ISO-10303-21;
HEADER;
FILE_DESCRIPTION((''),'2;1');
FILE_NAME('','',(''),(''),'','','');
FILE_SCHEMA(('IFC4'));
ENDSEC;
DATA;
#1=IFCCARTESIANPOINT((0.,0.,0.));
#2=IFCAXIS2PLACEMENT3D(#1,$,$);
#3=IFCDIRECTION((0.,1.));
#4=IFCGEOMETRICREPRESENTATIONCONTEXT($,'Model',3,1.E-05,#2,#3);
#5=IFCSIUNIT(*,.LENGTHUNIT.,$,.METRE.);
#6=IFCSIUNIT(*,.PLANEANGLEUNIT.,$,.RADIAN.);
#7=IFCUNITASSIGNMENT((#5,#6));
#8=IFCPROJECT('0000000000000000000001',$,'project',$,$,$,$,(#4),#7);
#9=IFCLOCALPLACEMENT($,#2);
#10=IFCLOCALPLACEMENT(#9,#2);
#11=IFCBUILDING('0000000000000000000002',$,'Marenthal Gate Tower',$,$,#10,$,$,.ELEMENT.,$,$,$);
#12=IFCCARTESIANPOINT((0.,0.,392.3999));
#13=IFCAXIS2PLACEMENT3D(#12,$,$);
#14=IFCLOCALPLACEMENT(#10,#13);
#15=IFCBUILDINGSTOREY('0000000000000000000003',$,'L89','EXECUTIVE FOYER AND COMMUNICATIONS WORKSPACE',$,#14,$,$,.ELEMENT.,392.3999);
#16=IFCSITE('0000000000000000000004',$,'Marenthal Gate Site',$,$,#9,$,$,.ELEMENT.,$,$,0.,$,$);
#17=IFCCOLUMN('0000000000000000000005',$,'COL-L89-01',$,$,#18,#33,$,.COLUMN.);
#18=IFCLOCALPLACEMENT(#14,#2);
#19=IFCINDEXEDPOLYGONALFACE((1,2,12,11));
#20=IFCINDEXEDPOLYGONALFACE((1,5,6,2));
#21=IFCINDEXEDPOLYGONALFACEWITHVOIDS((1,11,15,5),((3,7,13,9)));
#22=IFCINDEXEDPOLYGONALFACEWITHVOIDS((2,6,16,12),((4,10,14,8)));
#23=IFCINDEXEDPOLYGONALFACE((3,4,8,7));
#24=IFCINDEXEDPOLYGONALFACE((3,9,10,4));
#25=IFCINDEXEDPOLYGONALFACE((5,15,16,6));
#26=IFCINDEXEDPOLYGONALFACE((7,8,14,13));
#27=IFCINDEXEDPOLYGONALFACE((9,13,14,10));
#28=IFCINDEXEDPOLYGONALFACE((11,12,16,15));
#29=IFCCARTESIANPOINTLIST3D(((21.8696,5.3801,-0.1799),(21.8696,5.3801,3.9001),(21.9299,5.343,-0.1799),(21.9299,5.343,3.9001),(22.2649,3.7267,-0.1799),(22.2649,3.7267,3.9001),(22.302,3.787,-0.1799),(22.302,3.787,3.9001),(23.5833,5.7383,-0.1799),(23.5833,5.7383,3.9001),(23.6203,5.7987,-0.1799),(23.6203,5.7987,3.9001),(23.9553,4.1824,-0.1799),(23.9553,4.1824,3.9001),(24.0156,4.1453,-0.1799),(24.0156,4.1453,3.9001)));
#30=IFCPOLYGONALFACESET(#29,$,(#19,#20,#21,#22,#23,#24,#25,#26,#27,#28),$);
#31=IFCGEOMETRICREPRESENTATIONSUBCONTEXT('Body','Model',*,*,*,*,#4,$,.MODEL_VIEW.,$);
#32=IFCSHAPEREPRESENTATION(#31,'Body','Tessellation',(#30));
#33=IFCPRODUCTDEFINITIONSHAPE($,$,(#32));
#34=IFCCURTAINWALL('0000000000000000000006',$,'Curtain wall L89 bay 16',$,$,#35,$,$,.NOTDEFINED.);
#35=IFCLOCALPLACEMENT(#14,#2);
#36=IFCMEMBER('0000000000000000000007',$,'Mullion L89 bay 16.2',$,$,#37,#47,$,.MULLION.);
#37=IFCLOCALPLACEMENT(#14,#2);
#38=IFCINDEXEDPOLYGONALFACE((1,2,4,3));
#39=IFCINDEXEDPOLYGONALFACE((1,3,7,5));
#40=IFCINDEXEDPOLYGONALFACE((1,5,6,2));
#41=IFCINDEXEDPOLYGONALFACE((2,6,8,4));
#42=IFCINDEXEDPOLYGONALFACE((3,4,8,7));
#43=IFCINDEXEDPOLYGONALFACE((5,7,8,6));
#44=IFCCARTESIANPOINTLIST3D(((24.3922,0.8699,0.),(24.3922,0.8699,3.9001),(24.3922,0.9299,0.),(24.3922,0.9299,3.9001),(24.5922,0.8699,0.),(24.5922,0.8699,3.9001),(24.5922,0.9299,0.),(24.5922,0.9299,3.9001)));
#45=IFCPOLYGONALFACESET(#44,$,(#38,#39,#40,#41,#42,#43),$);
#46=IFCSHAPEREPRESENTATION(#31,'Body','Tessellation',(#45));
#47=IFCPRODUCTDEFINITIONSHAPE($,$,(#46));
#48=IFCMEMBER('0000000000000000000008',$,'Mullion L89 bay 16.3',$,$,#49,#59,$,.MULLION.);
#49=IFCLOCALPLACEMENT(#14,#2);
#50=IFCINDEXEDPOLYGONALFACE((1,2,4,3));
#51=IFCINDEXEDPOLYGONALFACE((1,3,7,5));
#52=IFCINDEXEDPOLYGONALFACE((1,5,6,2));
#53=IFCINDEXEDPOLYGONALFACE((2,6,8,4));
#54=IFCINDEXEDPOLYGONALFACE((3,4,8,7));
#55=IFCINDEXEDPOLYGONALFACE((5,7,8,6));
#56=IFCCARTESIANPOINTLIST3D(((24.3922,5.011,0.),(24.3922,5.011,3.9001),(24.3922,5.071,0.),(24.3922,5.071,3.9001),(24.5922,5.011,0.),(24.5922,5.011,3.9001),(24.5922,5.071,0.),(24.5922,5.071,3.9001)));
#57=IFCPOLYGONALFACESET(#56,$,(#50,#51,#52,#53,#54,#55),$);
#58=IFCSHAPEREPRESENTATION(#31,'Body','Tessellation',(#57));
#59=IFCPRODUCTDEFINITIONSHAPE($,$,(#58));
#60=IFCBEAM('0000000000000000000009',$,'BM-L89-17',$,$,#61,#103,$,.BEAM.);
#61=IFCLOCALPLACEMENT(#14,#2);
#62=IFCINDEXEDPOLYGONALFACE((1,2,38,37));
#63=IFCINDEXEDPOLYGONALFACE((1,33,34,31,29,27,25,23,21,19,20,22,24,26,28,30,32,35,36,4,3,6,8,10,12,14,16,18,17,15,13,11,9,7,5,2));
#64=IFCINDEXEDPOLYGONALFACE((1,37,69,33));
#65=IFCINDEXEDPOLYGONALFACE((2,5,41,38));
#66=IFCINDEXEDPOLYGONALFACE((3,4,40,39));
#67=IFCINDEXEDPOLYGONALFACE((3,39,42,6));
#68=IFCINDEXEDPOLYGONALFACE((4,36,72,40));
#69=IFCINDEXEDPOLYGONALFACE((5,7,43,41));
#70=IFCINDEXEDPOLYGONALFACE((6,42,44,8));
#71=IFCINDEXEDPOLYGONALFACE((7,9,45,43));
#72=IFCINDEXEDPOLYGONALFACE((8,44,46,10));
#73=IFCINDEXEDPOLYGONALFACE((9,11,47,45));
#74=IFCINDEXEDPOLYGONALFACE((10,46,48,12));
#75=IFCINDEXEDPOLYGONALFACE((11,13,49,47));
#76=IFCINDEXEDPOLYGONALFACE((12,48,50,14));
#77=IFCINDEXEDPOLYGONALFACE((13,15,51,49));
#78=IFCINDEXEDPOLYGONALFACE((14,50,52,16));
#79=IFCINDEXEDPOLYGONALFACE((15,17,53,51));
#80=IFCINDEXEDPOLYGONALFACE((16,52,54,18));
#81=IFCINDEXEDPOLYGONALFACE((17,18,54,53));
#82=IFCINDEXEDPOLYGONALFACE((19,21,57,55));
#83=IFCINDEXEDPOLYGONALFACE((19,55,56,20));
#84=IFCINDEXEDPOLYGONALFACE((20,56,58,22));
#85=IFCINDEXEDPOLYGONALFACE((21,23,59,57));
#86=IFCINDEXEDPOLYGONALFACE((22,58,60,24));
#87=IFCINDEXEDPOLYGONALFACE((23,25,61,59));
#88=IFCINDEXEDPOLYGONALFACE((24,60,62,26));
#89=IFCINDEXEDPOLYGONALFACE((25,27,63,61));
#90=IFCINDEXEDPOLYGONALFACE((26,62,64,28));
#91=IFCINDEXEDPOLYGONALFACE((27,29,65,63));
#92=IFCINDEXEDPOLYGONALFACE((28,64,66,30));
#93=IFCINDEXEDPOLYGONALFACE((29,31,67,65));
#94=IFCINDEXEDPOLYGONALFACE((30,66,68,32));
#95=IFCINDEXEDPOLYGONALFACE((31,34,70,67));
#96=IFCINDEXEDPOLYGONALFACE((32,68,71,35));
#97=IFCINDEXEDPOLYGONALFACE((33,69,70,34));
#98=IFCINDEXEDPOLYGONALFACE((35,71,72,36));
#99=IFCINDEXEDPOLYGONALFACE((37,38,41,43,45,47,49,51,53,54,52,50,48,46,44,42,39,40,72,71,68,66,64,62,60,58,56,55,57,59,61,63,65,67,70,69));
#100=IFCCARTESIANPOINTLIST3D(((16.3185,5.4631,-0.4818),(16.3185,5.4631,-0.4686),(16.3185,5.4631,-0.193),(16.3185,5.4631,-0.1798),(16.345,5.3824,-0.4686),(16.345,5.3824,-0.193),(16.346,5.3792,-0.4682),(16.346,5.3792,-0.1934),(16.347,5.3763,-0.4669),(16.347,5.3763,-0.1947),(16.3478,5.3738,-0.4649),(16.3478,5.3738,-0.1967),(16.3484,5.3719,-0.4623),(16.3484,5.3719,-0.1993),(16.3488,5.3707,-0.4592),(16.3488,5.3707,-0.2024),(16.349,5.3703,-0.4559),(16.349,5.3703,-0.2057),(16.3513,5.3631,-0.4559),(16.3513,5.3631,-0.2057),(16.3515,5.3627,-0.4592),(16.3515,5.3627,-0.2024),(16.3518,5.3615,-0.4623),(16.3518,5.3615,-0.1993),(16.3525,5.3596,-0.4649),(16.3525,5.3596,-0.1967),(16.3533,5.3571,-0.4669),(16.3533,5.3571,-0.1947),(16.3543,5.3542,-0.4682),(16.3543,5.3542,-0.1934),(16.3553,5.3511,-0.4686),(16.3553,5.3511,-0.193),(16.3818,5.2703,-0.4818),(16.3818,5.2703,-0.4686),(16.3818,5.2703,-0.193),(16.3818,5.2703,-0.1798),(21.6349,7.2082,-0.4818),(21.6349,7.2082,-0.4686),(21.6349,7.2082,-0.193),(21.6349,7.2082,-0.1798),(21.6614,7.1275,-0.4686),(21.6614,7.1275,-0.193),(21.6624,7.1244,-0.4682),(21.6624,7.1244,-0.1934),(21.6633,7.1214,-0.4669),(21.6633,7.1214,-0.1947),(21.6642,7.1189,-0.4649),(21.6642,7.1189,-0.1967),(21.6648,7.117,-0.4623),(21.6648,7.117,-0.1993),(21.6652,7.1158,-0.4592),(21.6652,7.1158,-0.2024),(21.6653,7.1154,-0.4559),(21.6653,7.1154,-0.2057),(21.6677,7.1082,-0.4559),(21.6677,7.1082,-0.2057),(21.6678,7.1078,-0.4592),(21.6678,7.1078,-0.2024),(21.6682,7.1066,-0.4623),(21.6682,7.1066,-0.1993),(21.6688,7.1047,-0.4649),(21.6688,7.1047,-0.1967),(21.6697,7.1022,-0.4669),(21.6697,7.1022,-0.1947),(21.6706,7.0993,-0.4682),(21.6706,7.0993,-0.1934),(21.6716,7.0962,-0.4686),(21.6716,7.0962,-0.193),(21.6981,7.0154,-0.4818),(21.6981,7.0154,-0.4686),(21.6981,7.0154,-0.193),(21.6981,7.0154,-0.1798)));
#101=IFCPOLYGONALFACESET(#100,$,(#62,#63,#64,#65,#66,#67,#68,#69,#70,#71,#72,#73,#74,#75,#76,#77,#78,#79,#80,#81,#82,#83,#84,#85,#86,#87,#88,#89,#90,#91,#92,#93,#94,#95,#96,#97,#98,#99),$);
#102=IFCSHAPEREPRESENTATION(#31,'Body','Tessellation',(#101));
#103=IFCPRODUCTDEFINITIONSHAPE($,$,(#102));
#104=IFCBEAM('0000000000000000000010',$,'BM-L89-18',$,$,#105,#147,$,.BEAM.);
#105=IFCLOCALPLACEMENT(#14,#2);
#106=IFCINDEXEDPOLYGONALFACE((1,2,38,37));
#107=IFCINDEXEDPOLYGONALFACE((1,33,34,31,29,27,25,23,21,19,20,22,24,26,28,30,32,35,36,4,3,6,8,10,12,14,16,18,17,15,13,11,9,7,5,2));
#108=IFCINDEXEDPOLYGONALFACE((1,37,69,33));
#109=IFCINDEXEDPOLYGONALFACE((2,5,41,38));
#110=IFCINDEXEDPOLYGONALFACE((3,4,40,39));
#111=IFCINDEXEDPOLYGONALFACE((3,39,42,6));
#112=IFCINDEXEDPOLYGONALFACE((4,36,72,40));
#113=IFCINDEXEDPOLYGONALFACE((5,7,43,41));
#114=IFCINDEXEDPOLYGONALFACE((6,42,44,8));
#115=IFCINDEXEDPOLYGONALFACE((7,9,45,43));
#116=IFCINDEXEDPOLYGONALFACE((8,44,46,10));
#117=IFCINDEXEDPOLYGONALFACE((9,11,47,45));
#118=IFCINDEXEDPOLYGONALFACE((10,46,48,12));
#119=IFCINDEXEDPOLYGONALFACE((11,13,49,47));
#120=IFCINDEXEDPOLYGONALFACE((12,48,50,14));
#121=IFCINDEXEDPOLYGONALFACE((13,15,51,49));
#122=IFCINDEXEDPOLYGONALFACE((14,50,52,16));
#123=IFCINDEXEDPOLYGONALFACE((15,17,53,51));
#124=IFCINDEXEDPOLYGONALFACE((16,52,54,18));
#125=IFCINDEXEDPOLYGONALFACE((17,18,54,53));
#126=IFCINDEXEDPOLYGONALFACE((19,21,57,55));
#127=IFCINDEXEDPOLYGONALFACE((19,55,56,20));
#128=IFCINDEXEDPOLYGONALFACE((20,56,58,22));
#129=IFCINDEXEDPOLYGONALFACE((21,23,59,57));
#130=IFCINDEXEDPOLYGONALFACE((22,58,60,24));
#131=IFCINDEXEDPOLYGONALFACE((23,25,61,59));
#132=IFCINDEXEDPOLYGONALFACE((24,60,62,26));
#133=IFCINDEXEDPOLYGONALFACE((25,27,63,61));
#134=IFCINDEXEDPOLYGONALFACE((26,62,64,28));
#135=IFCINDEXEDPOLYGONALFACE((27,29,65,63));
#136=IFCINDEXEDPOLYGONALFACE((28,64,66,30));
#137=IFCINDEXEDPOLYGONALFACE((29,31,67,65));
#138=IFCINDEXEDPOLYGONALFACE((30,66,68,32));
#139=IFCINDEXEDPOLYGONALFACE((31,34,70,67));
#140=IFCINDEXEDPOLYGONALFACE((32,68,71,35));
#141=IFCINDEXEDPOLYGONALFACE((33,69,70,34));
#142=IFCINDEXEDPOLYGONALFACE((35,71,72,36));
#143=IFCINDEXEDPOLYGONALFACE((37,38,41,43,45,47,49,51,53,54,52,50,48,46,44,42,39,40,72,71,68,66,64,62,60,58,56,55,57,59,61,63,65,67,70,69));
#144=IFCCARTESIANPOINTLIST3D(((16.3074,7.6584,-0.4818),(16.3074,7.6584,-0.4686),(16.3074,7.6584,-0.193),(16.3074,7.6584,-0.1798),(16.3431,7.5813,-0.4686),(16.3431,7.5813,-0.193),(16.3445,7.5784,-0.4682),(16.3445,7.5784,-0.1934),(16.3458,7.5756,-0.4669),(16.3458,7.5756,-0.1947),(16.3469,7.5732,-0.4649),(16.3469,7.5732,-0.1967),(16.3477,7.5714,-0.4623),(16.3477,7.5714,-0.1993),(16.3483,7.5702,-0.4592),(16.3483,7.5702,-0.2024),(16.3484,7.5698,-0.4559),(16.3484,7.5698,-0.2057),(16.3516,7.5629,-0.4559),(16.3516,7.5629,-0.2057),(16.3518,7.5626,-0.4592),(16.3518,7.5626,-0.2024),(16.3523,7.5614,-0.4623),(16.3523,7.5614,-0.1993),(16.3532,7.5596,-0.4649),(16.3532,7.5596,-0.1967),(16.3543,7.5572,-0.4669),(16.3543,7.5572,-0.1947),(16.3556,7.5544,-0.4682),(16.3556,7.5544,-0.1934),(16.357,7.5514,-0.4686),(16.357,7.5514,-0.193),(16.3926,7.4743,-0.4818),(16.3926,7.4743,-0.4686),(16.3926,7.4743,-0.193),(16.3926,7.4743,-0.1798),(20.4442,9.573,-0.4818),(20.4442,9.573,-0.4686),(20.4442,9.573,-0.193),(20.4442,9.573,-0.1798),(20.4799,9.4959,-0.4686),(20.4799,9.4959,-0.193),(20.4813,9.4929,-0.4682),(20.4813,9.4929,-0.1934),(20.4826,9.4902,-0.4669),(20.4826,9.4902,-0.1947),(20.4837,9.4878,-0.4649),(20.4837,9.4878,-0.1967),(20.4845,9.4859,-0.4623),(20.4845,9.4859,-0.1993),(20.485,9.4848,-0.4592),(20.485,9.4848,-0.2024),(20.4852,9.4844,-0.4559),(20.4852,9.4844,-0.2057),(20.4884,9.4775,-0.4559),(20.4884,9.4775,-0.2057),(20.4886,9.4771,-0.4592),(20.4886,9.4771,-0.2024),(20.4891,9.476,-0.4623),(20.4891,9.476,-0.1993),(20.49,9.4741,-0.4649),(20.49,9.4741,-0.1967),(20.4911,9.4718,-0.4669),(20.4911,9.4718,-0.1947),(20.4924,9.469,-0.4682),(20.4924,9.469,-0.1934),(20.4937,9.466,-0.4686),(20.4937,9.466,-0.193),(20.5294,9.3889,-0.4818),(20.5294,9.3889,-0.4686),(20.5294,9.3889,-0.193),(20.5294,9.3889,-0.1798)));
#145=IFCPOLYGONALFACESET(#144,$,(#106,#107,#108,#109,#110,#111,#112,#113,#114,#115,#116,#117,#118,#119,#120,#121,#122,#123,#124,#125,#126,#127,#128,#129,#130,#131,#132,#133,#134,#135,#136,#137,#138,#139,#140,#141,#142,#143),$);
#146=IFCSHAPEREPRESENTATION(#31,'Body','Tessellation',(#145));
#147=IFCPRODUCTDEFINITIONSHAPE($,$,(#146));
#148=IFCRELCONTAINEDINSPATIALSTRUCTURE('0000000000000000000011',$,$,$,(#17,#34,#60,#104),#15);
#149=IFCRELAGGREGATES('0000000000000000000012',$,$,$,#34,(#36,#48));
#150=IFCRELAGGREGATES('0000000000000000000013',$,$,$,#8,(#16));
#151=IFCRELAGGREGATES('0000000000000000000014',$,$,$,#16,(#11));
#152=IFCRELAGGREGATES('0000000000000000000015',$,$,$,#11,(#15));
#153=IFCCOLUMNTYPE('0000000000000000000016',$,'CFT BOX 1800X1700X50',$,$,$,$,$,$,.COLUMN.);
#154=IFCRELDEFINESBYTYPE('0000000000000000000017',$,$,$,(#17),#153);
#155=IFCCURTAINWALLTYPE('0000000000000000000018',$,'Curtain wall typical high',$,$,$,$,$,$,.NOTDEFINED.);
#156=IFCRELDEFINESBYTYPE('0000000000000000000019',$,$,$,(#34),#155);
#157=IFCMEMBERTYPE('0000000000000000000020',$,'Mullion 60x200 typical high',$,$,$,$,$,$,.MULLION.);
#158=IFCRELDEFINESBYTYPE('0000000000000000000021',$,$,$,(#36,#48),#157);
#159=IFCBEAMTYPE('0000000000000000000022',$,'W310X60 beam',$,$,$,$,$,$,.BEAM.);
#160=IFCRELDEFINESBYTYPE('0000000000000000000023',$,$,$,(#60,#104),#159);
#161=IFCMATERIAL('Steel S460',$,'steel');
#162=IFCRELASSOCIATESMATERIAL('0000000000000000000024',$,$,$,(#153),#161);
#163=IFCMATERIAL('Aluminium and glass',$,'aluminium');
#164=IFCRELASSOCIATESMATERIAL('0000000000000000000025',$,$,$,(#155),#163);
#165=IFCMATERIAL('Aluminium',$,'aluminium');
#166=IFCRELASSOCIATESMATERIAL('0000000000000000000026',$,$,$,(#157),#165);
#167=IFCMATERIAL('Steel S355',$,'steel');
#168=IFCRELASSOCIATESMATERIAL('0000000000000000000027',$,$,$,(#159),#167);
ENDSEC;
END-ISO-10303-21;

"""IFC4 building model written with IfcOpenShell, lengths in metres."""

from ifc_helpers import new_model, si_unit, direction, frame, origin, origin_2d, place, context, subcontext, project, spatial, rectangle, hollow_rectangle, i_section, extrude, material, material_profile, profile_set, type_object, element, aggregate, save


model = new_model("IFC4")

# Units and contexts
model_context = context("Model", 3, precision=1e-05, world=origin(), true_north=direction((0.0, 1.0)))
body_context = subcontext(model_context, "Body", "Model", "MODEL_VIEW")
ifc_project = project(units=[si_unit("LENGTHUNIT", "METRE"), si_unit("PLANEANGLEUNIT", "RADIAN")], contexts=[model_context])

# Site, building, storey
site_placement = place(None, origin())
site = spatial("IfcSite", under=ifc_project, at=site_placement, Name="Marenthal Gate Site", CompositionType="ELEMENT", RefElevation=0.0)
building_placement = place(site_placement, origin())
building = spatial("IfcBuilding", under=site, at=building_placement, Name="Marenthal Gate Tower", CompositionType="ELEMENT")
storey_placement = place(building_placement, frame((0.0, 0.0, 392.3999)))
storey = spatial("IfcBuildingStorey", under=building, at=storey_placement, Name="L89", Description="EXECUTIVE FOYER AND COMMUNICATIONS WORKSPACE", CompositionType="ELEMENT", Elevation=392.3999)

# Column
ifc_material_1 = material(Name="Steel S460", Category="steel")
ifc_material_profile_1 = material_profile(ifc_material_1, hollow_rectangle(XDim=1.7, YDim=1.8, WallThickness=0.05, at=origin_2d()), Name="CFT BOX 1800X1700X50")
ifc_material_2 = material(Name="Concrete 70 MPa", Category="concrete")
ifc_material_profile_2 = material_profile(ifc_material_2, rectangle(XDim=1.6001, YDim=1.7, at=origin_2d()), Name="CFT BOX 1800X1700X50 INFILL")
ifc_profile_set_1 = profile_set([ifc_material_profile_1, ifc_material_profile_2], Name="Steel S460 shell, Concrete 70 MPa infill")
column_type = type_object("IfcColumnType", Name="CFT BOX 1800X1700X50", PredefinedType="COLUMN", material=ifc_profile_set_1)
column_placement = place(storey_placement, frame((22.9426, 4.7627, -0.1799), z_axis=(0.0, 0.0, 1.0), x_axis=(0.232542, -0.972586, 0.0)))
element("IfcColumn", 1, at=column_placement, inside=storey, type_object=column_type, Name="COL-L89-01", PredefinedType="COLUMN", context=body_context, shape_type="SweptSolid", body=[
    extrude(hollow_rectangle(XDim=1.7, YDim=1.8, WallThickness=0.05, at=origin_2d()), origin(), (0.0, 0.0, 1.0), 4.0801),
])

# Curtain wall, members
ifc_material_3 = material(Name="Aluminium and glass", Category="aluminium")
curtain_wall_type = type_object("IfcCurtainWallType", Name="Curtain wall typical high", PredefinedType="NOTDEFINED", material=ifc_material_3)
curtain_wall_placement = place(storey_placement, origin())
curtain_wall = element("IfcCurtainWall", 2, at=curtain_wall_placement, inside=storey, type_object=curtain_wall_type, Name="Curtain wall L89 bay 16", PredefinedType="NOTDEFINED")
ifc_material_4 = material(Name="Aluminium", Category="aluminium")
ifc_material_profile_3 = material_profile(ifc_material_4, rectangle(XDim=0.2, YDim=0.0601, at=origin_2d()), Name="60x200 aluminium mullion")
ifc_profile_set_2 = profile_set([ifc_material_profile_3], Name="Aluminium")
member_type = type_object("IfcMemberType", Name="Mullion 60x200 typical high", PredefinedType="MULLION", material=ifc_profile_set_2)
member_1_placement = place(storey_placement, frame((24.4922, 0.8999, 0.0), z_axis=(0.0, 0.0, 1.0), x_axis=(-1.0, 0.0, 0.0)))
member_1 = element("IfcMember", 3, at=member_1_placement, type_object=member_type, Name="Mullion L89 bay 16.2", PredefinedType="MULLION", context=body_context, shape_type="SweptSolid", body=[
    extrude(rectangle(XDim=0.2, YDim=0.0601, at=origin_2d()), origin(), (0.0, 0.0, 1.0), 3.9001),
])
member_2_placement = place(storey_placement, frame((24.4922, 5.041, 0.0), z_axis=(0.0, 0.0, 1.0), x_axis=(-1.0, 0.0, 0.0)))
member_2 = element("IfcMember", 4, at=member_2_placement, type_object=member_type, Name="Mullion L89 bay 16.3", PredefinedType="MULLION", context=body_context, shape_type="SweptSolid", body=[
    extrude(rectangle(XDim=0.2, YDim=0.0601, at=origin_2d()), origin(), (0.0, 0.0, 1.0), 3.9001),
])

# Beams
ifc_material_5 = material(Name="Steel S355", Category="steel")
ifc_material_profile_4 = material_profile(ifc_material_5, i_section(OverallWidth=0.2029, OverallDepth=0.302, WebThickness=0.0076, FlangeThickness=0.0132, FilletRadius=0.0127, at=origin_2d()), Name="W310X60")
ifc_profile_set_3 = profile_set([ifc_material_profile_4], Name="Steel S355")
beam_type_1 = type_object("IfcBeamType", Name="W310X60 beam", PredefinedType="BEAM", material=ifc_profile_set_3)
beam_1_placement = place(storey_placement, frame((21.6665, 7.1118, -0.3308), z_axis=(-0.950122, -0.311879, 0.0), x_axis=(0.311879, -0.950122, 0.0)))
element("IfcBeam", 5, at=beam_1_placement, inside=storey, type_object=beam_type_1, Name="BM-L89-17", PredefinedType="BEAM", context=body_context, shape_type="SweptSolid", body=[
    extrude(i_section(OverallWidth=0.2029, OverallDepth=0.302, WebThickness=0.0076, FlangeThickness=0.0132, FilletRadius=0.0127, at=origin_2d()), origin(), (0.0, 0.0, 1.0), 5.5955),
])
beam_2_placement = place(storey_placement, frame((20.4868, 9.481, -0.3308), z_axis=(-0.907517, -0.420016, 0.0), x_axis=(0.420016, -0.907517, 0.0)))
element("IfcBeam", 6, at=beam_2_placement, inside=storey, type_object=beam_type_1, Name="BM-L89-18", PredefinedType="BEAM", context=body_context, shape_type="SweptSolid", body=[
    extrude(i_section(OverallWidth=0.2029, OverallDepth=0.302, WebThickness=0.0076, FlangeThickness=0.0132, FilletRadius=0.0127, at=origin_2d()), origin(), (0.0, 0.0, 1.0), 4.5583),
])

aggregate(curtain_wall, [member_1, member_2])

save(model, "model.ifc")
